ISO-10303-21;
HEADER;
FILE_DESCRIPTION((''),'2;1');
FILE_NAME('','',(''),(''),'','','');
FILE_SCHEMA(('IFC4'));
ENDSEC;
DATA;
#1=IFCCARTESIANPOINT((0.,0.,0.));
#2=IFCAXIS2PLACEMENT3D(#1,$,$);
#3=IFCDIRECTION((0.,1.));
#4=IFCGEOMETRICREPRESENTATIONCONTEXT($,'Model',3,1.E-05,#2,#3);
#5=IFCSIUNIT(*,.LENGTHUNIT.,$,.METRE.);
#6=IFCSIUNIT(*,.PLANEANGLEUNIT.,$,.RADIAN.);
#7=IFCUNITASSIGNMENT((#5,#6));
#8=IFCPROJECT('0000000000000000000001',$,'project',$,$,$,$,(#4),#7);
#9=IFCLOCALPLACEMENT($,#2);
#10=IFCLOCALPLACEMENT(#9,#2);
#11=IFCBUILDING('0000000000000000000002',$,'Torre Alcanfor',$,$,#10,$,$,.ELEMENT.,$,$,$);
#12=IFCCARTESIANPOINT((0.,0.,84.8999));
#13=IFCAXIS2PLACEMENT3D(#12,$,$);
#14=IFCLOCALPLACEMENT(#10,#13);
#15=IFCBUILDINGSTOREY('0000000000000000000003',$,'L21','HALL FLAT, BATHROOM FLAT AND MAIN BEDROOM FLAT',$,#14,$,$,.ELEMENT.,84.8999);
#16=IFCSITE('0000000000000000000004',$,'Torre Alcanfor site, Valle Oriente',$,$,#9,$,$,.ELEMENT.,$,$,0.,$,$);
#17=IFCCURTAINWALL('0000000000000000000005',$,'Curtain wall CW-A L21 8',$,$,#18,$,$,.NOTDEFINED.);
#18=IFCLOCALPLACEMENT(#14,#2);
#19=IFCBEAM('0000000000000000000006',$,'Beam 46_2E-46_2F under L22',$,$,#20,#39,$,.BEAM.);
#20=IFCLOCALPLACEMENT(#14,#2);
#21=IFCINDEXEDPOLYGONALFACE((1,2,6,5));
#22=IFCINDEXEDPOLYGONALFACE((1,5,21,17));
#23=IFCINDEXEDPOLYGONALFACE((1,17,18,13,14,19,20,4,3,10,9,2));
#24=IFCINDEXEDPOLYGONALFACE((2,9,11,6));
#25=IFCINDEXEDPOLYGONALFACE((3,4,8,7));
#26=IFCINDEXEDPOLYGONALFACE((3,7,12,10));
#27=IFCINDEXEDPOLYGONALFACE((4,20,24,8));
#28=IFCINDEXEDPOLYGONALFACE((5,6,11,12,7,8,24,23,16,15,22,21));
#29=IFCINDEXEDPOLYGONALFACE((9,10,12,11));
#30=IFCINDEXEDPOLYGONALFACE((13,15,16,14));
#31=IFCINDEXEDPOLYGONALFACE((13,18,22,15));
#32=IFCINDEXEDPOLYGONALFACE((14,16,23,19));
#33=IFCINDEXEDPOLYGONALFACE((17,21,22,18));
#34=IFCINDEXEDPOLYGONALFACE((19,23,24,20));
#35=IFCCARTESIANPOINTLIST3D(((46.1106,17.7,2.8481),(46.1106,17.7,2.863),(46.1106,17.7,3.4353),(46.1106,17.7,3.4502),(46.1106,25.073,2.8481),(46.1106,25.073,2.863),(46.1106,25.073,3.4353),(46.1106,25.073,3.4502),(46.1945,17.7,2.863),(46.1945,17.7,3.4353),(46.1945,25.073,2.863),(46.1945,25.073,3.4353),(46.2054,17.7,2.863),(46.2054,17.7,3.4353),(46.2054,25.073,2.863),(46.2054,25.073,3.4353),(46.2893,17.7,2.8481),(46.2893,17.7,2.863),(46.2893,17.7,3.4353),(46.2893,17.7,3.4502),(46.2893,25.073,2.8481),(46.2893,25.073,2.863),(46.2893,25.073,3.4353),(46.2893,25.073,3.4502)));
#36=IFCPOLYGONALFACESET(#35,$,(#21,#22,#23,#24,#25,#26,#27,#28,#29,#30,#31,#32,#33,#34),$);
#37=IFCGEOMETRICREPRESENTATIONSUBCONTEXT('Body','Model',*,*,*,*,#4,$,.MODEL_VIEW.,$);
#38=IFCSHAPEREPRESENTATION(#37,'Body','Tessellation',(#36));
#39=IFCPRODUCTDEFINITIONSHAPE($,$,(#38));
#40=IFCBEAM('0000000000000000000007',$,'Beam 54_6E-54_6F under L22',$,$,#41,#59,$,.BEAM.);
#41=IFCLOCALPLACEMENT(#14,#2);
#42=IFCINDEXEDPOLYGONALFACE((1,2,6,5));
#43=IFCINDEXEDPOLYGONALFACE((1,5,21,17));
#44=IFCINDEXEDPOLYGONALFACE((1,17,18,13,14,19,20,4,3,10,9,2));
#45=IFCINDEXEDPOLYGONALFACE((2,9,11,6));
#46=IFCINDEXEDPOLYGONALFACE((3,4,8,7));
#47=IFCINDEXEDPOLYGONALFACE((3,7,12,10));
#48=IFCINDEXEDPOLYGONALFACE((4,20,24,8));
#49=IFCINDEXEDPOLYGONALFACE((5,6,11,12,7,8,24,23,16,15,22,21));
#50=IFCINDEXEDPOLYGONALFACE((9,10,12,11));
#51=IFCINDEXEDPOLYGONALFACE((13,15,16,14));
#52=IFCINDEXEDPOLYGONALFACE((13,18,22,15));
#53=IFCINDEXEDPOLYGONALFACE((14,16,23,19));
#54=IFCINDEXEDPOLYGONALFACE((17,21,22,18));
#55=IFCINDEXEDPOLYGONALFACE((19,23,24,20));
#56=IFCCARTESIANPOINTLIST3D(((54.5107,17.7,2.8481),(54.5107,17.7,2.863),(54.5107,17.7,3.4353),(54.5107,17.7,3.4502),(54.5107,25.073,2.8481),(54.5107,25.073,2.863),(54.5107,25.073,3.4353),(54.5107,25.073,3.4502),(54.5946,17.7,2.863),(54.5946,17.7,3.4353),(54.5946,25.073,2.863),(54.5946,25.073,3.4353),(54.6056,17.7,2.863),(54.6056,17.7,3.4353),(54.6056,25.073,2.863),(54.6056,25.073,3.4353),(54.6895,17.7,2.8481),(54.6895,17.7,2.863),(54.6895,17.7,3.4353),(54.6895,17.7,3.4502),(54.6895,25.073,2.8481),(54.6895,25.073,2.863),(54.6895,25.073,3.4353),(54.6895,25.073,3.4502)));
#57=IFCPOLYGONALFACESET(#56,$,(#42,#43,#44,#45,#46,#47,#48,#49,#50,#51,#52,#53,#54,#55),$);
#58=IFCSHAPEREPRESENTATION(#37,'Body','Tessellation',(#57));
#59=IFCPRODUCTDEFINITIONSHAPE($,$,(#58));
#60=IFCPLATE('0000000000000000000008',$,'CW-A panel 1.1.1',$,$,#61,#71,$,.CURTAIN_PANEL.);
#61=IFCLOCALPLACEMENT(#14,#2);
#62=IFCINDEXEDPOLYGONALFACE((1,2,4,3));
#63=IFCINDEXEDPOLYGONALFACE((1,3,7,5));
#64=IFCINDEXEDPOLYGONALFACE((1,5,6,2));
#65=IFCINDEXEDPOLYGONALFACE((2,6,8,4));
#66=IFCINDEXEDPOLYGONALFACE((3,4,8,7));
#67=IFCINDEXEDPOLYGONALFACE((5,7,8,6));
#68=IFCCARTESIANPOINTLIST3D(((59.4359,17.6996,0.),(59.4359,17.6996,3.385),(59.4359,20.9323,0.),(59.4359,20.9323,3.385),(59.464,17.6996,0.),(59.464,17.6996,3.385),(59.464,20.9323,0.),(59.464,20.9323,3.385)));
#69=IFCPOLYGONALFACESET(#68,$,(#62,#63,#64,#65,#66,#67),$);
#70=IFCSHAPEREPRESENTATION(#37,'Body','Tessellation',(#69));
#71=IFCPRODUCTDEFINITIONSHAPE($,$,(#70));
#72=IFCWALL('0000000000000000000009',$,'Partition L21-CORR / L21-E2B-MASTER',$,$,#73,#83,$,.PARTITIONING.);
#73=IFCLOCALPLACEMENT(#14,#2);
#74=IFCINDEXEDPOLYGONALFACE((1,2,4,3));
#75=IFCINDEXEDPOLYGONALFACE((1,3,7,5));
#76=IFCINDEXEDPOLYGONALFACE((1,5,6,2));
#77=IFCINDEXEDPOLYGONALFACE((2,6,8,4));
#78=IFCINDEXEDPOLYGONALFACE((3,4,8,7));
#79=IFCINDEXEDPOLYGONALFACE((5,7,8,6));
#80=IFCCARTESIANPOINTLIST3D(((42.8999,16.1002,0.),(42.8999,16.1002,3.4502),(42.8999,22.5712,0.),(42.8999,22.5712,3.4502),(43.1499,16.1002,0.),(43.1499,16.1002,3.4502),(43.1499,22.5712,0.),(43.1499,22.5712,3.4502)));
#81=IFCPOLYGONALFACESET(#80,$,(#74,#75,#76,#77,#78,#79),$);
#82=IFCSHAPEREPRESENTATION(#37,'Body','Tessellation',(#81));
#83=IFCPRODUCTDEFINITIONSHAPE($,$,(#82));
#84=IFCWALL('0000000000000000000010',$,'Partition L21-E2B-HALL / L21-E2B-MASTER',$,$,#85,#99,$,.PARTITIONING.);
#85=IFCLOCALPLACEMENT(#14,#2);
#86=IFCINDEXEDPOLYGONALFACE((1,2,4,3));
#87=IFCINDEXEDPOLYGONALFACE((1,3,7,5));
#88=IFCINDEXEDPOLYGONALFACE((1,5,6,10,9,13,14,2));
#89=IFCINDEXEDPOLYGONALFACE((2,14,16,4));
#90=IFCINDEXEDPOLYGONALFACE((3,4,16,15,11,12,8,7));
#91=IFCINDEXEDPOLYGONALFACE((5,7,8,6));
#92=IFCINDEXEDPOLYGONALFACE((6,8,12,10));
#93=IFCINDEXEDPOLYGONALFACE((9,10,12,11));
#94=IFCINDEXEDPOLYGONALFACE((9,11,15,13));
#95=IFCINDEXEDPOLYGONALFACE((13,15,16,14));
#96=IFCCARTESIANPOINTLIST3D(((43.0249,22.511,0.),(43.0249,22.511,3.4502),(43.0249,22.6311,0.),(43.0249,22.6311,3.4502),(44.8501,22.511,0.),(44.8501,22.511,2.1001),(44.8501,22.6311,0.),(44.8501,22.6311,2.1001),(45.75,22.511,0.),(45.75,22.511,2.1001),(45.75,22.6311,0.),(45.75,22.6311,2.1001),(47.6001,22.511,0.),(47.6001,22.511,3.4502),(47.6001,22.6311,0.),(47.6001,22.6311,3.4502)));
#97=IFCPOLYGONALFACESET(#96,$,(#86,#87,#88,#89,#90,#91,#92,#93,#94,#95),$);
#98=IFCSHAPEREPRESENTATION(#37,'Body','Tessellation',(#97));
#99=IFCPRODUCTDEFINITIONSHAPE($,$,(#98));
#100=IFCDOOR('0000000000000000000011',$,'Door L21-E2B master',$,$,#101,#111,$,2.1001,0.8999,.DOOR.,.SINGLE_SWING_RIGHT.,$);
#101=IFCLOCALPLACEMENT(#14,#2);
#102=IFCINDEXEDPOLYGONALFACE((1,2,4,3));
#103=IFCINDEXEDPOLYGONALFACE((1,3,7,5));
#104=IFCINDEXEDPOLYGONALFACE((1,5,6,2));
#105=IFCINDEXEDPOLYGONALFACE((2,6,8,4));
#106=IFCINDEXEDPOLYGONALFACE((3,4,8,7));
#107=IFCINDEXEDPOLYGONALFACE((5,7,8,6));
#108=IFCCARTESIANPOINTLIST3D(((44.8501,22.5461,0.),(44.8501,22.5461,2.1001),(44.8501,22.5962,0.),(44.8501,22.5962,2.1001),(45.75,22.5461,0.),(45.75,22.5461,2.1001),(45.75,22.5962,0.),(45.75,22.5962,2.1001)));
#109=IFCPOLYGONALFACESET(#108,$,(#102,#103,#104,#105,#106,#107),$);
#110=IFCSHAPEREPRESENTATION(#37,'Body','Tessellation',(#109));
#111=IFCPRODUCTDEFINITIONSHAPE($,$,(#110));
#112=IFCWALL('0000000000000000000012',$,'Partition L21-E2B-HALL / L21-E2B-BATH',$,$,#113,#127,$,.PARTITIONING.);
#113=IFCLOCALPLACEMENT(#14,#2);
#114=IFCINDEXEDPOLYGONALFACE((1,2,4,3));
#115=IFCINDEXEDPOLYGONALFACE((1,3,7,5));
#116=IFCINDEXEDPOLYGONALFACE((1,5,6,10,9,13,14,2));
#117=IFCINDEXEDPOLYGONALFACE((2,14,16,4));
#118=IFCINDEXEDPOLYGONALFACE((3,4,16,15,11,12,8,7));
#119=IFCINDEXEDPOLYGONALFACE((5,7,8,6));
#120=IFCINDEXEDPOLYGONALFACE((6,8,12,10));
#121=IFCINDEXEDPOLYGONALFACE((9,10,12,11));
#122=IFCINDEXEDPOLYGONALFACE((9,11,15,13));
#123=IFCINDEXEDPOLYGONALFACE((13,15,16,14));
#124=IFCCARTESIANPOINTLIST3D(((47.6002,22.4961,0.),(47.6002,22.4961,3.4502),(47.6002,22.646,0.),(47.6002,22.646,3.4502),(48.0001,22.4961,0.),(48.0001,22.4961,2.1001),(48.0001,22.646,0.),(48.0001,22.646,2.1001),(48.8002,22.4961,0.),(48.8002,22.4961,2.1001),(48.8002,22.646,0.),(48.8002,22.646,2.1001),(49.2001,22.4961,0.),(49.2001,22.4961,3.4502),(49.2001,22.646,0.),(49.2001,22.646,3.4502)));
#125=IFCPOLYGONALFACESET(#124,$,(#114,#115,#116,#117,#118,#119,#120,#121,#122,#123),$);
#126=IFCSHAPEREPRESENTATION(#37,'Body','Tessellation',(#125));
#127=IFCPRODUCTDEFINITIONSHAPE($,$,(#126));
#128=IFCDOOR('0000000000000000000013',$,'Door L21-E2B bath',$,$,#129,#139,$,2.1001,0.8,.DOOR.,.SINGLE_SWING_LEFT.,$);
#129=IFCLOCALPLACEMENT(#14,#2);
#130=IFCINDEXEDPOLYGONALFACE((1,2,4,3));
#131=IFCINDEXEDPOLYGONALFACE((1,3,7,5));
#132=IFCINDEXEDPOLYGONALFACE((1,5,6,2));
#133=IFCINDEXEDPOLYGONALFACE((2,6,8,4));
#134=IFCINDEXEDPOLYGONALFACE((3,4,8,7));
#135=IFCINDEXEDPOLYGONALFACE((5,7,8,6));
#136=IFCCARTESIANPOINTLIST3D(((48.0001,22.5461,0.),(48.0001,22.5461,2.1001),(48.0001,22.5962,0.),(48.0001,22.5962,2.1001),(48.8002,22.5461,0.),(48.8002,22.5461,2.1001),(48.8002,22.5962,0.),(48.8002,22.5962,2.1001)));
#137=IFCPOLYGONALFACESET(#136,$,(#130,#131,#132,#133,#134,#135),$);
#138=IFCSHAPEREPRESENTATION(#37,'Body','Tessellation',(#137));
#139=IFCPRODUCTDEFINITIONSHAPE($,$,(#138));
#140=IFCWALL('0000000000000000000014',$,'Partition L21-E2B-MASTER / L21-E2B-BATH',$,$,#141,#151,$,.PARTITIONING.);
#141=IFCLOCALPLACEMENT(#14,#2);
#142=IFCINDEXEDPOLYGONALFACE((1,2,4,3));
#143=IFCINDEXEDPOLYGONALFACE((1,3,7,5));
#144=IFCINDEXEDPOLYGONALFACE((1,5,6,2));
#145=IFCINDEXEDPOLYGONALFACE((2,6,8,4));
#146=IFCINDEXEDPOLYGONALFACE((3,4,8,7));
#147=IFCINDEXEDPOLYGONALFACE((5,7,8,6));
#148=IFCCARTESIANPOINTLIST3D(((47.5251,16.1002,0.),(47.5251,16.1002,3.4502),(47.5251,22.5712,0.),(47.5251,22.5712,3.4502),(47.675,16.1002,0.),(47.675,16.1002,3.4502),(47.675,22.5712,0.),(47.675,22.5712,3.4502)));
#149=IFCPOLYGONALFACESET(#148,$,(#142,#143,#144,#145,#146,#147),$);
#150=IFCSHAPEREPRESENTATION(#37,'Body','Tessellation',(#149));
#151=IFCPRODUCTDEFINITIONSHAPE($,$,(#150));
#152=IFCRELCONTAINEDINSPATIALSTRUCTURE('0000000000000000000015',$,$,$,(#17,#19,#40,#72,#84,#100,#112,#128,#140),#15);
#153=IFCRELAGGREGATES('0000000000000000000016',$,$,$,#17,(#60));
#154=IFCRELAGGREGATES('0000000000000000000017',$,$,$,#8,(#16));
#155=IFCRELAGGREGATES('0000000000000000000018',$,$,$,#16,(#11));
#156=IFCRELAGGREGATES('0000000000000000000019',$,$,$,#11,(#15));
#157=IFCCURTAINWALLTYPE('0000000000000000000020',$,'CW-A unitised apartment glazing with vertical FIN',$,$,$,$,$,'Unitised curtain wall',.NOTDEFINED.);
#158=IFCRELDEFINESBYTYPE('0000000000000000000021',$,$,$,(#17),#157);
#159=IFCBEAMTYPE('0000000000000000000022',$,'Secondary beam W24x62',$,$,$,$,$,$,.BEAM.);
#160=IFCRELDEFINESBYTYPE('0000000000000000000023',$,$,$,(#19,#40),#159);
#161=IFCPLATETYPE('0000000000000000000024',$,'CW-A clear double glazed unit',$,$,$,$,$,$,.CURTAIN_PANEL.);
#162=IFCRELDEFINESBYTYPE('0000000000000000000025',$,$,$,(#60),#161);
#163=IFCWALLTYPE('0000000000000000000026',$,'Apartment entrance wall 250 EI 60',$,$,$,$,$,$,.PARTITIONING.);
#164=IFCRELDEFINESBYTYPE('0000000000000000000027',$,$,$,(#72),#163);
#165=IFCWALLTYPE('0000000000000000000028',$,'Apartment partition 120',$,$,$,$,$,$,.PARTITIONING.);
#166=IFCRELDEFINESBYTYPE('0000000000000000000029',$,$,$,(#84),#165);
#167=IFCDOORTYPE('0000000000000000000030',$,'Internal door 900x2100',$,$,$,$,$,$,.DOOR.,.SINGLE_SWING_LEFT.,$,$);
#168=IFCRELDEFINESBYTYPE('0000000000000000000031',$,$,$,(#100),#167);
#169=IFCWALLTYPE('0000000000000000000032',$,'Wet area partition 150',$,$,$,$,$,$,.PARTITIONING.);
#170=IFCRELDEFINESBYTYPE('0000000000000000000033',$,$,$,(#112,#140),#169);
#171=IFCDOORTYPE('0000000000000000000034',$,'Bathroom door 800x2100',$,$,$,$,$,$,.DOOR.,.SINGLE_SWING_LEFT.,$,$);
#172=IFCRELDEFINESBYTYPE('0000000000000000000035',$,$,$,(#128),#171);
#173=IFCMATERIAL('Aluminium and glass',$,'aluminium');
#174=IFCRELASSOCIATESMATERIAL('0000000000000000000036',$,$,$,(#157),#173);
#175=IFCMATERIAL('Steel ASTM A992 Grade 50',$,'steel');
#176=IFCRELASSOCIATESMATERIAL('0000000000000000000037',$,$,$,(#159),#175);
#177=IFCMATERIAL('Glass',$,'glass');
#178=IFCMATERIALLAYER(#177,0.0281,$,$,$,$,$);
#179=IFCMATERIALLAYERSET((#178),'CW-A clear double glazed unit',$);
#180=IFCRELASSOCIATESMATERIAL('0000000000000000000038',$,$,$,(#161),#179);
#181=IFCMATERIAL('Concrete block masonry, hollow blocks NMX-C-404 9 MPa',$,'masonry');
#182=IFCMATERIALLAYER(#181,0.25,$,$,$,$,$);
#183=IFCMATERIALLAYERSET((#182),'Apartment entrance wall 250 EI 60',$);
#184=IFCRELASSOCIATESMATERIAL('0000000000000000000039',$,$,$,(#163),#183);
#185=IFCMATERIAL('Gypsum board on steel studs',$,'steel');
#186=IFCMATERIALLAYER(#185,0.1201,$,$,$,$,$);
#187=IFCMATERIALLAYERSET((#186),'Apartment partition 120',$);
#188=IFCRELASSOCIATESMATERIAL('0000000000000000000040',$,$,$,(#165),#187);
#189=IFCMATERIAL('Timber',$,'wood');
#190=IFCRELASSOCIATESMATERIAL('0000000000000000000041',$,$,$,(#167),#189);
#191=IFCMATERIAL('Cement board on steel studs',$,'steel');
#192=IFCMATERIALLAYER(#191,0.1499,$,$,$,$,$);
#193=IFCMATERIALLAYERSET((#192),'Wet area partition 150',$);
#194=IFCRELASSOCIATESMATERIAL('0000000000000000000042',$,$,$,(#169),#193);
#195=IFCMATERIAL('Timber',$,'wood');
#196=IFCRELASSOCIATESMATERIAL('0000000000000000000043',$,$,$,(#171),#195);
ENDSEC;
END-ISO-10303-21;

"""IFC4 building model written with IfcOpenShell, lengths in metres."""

from ifc_helpers import new_model, si_unit, direction, frame, frame_2d, origin, origin_2d, place, context, subcontext, project, spatial, rectangle, i_section, extrude, material, layer, layer_set, material_profile, profile_set, type_object, element, fill, aggregate, save


model = new_model("IFC4")

# Units and contexts
model_context = context("Model", 3, precision=1e-05, world=origin(), true_north=direction((0.0, 1.0)))
body_context = subcontext(model_context, "Body", "Model", "MODEL_VIEW")
ifc_project = project(units=[si_unit("LENGTHUNIT", "METRE"), si_unit("PLANEANGLEUNIT", "RADIAN")], contexts=[model_context])

# Site, building, storey
site_placement = place(None, origin())
site = spatial("IfcSite", under=ifc_project, at=site_placement, Name="Torre Alcanfor site, Valle Oriente", CompositionType="ELEMENT", RefElevation=0.0)
building_placement = place(site_placement, origin())
building = spatial("IfcBuilding", under=site, at=building_placement, Name="Torre Alcanfor", CompositionType="ELEMENT")
storey_placement = place(building_placement, frame((0.0, 0.0, 84.8999)))
storey = spatial("IfcBuildingStorey", under=building, at=storey_placement, Name="L21", Description="HALL FLAT, BATHROOM FLAT AND MAIN BEDROOM FLAT", CompositionType="ELEMENT", Elevation=84.8999)

# Curtain wall
ifc_material_1 = material(Name="Aluminium and glass", Category="aluminium")
curtain_wall_type = type_object("IfcCurtainWallType", Name="CW-A unitised apartment glazing with vertical FIN", ElementType="Unitised curtain wall", PredefinedType="NOTDEFINED", material=ifc_material_1)
curtain_wall_placement = place(storey_placement, origin())
curtain_wall = element("IfcCurtainWall", 1, at=curtain_wall_placement, inside=storey, type_object=curtain_wall_type, Name="Curtain wall CW-A L21 8", PredefinedType="NOTDEFINED")

# Beams
ifc_material_2 = material(Name="Steel ASTM A992 Grade 50", Category="steel")
ifc_material_profile_1 = material_profile(ifc_material_2, i_section(OverallWidth=0.1787, OverallDepth=0.6021, WebThickness=0.011, FlangeThickness=0.0149, at=origin_2d()), Name="W24x62")
ifc_profile_set_1 = profile_set([ifc_material_profile_1], Name="Steel ASTM A992 Grade 50")
beam_type_1 = type_object("IfcBeamType", Name="Secondary beam W24x62", PredefinedType="BEAM", material=ifc_profile_set_1)
for number, where, z_axis, x_axis, name in (
    (2, (46.2, 17.7, 3.1492), (0.0, 1.0, 0.0), (-1.0, 0.0, 0.0), "Beam 46_2E-46_2F under L22"),
    (3, (54.6001, 17.7, 3.1492), (0.0, 1.0, 0.0), (-1.0, 0.0, 0.0), "Beam 54_6E-54_6F under L22"),
):
    element("IfcBeam", number, at=place(storey_placement, frame(where, z_axis=z_axis, x_axis=x_axis)), inside=storey, type_object=beam_type_1, Name=name, PredefinedType="BEAM", context=body_context, shape_type="SweptSolid", body=[
        extrude(i_section(OverallWidth=0.1787, OverallDepth=0.6021, WebThickness=0.011, FlangeThickness=0.0149, at=origin_2d()), origin(), (0.0, 0.0, 1.0), 7.373),
    ])

# Plate
ifc_material_3 = material(Name="Glass", Category="glass")
ifc_layer_1 = layer(ifc_material_3, 0.0281)
ifc_layer_set_1 = layer_set([ifc_layer_1], Name="CW-A clear double glazed unit")
plate_type = type_object("IfcPlateType", Name="CW-A clear double glazed unit", PredefinedType="CURTAIN_PANEL", material=ifc_layer_set_1)
plate_placement = place(storey_placement, frame((59.45, 19.3159, 0.0), z_axis=(0.0, 0.0, 1.0), x_axis=(0.0, 1.0, 0.0)))
plate = element("IfcPlate", 4, at=plate_placement, type_object=plate_type, Name="CW-A panel 1.1.1", PredefinedType="CURTAIN_PANEL", context=body_context, shape_type="SweptSolid", body=[
    extrude(rectangle(XDim=3.2327, YDim=0.0281, at=origin_2d()), origin(), (0.0, 0.0, 1.0), 3.385),
])
aggregate(curtain_wall, [plate])

# Wall
ifc_material_4 = material(Name="Concrete block masonry, hollow blocks NMX-C-404 9 MPa", Category="masonry")
ifc_layer_2 = layer(ifc_material_4, 0.25)
ifc_layer_set_2 = layer_set([ifc_layer_2], Name="Apartment entrance wall 250 EI 60")
wall_type_1 = type_object("IfcWallType", Name="Apartment entrance wall 250 EI 60", PredefinedType="PARTITIONING", material=ifc_layer_set_2)
wall_1_placement = place(storey_placement, frame((43.0249, 22.571, 0.0), z_axis=(0.0, 0.0, 1.0), x_axis=(0.0, -1.0, 0.0)))
element("IfcWall", 5, at=wall_1_placement, inside=storey, type_object=wall_type_1, Name="Partition L21-CORR / L21-E2B-MASTER", PredefinedType="PARTITIONING", context=body_context, shape_type="SweptSolid", body=[
    extrude(rectangle(XDim=6.4709, YDim=0.25, at=frame_2d((3.2354, 0.0))), origin(), (0.0, 0.0, 1.0), 3.4502),
])

# Walls, openings, doors
ifc_material_5 = material(Name="Gypsum board on steel studs", Category="steel")
ifc_layer_3 = layer(ifc_material_5, 0.1201)
ifc_layer_set_3 = layer_set([ifc_layer_3], Name="Apartment partition 120")
wall_type_2 = type_object("IfcWallType", Name="Apartment partition 120", PredefinedType="PARTITIONING", material=ifc_layer_set_3)
wall_2_placement = place(storey_placement, frame((47.6001, 22.571, 0.0), z_axis=(0.0, 0.0, 1.0), x_axis=(-1.0, 0.0, 0.0)))
wall_2 = element("IfcWall", 6, at=wall_2_placement, inside=storey, type_object=wall_type_2, Name="Partition L21-E2B-HALL / L21-E2B-MASTER", PredefinedType="PARTITIONING", context=body_context, shape_type="SweptSolid", body=[
    extrude(rectangle(XDim=4.5752, YDim=0.1201, at=frame_2d((2.2876, 0.0))), origin(), (0.0, 0.0, 1.0), 3.4502),
])
opening_1_placement = place(wall_2_placement, frame((1.8501, 0.0, 0.0)))
opening_1 = element("IfcOpeningElement", 7, at=opening_1_placement, cuts=wall_2, PredefinedType="OPENING", context=body_context, shape_type="SweptSolid", body=[
    extrude(rectangle(XDim=0.8999, YDim=2.1001, at=frame_2d((0.45, 1.05))), frame((0.0, 0.0701, 0.0), z_axis=(0.0, -1.0, 0.0), x_axis=(1.0, 0.0, 0.0)), (0.0, 0.0, 1.0), 0.1401),
])
ifc_material_6 = material(Name="Timber", Category="wood")
door_type_1 = type_object("IfcDoorType", Name="Internal door 900x2100", OperationType="SINGLE_SWING_LEFT", PredefinedType="DOOR", material=ifc_material_6)
door_1_placement = place(opening_1_placement, origin())
door_1 = element("IfcDoor", 8, at=door_1_placement, inside=storey, type_object=door_type_1, Name="Door L21-E2B master", OperationType="SINGLE_SWING_RIGHT", OverallHeight=2.1001, OverallWidth=0.8999, PredefinedType="DOOR", context=body_context, shape_type="SweptSolid", body=[
    extrude(rectangle(XDim=0.8999, YDim=2.1001, at=frame_2d((0.45, 1.05))), frame((0.0, 0.0249, 0.0), z_axis=(0.0, -1.0, 0.0), x_axis=(1.0, 0.0, 0.0)), (0.0, 0.0, 1.0), 0.05),
])
fill(opening_1, door_1)
ifc_material_7 = material(Name="Cement board on steel studs", Category="steel")
ifc_layer_4 = layer(ifc_material_7, 0.1499)
ifc_layer_set_4 = layer_set([ifc_layer_4], Name="Wet area partition 150")
wall_type_3 = type_object("IfcWallType", Name="Wet area partition 150", PredefinedType="PARTITIONING", material=ifc_layer_set_4)
wall_3_placement = place(storey_placement, frame((49.2, 22.571, 0.0), z_axis=(0.0, 0.0, 1.0), x_axis=(-1.0, 0.0, 0.0)))
wall_3 = element("IfcWall", 9, at=wall_3_placement, inside=storey, type_object=wall_type_3, Name="Partition L21-E2B-HALL / L21-E2B-BATH", PredefinedType="PARTITIONING", context=body_context, shape_type="SweptSolid", body=[
    extrude(rectangle(XDim=1.5999, YDim=0.1499, at=frame_2d((0.7998, 0.0))), origin(), (0.0, 0.0, 1.0), 3.4502),
])
opening_2_placement = place(wall_3_placement, frame((0.3999, 0.0, 0.0)))
opening_2 = element("IfcOpeningElement", 10, at=opening_2_placement, cuts=wall_3, PredefinedType="OPENING", context=body_context, shape_type="SweptSolid", body=[
    extrude(rectangle(XDim=0.8, YDim=2.1001, at=frame_2d((0.3999, 1.05))), frame((0.0, 0.085, 0.0), z_axis=(0.0, -1.0, 0.0), x_axis=(1.0, 0.0, 0.0)), (0.0, 0.0, 1.0), 0.1699),
])
ifc_material_8 = material(Name="Timber", Category="wood")
door_type_2 = type_object("IfcDoorType", Name="Bathroom door 800x2100", OperationType="SINGLE_SWING_LEFT", PredefinedType="DOOR", material=ifc_material_8)
door_2_placement = place(opening_2_placement, origin())
door_2 = element("IfcDoor", 11, at=door_2_placement, inside=storey, type_object=door_type_2, Name="Door L21-E2B bath", OperationType="SINGLE_SWING_LEFT", OverallHeight=2.1001, OverallWidth=0.8, PredefinedType="DOOR", context=body_context, shape_type="SweptSolid", body=[
    extrude(rectangle(XDim=0.8, YDim=2.1001, at=frame_2d((0.3999, 1.05))), frame((0.0, 0.0249, 0.0), z_axis=(0.0, -1.0, 0.0), x_axis=(1.0, 0.0, 0.0)), (0.0, 0.0, 1.0), 0.05),
])
fill(opening_2, door_2)

# Wall
wall_4_placement = place(storey_placement, frame((47.6001, 22.571, 0.0), z_axis=(0.0, 0.0, 1.0), x_axis=(0.0, -1.0, 0.0)))
element("IfcWall", 12, at=wall_4_placement, inside=storey, type_object=wall_type_3, Name="Partition L21-E2B-MASTER / L21-E2B-BATH", PredefinedType="PARTITIONING", context=body_context, shape_type="SweptSolid", body=[
    extrude(rectangle(XDim=6.4709, YDim=0.1499, at=frame_2d((3.2354, 0.0))), origin(), (0.0, 0.0, 1.0), 3.4502),
])

save(model, "model.ifc")
